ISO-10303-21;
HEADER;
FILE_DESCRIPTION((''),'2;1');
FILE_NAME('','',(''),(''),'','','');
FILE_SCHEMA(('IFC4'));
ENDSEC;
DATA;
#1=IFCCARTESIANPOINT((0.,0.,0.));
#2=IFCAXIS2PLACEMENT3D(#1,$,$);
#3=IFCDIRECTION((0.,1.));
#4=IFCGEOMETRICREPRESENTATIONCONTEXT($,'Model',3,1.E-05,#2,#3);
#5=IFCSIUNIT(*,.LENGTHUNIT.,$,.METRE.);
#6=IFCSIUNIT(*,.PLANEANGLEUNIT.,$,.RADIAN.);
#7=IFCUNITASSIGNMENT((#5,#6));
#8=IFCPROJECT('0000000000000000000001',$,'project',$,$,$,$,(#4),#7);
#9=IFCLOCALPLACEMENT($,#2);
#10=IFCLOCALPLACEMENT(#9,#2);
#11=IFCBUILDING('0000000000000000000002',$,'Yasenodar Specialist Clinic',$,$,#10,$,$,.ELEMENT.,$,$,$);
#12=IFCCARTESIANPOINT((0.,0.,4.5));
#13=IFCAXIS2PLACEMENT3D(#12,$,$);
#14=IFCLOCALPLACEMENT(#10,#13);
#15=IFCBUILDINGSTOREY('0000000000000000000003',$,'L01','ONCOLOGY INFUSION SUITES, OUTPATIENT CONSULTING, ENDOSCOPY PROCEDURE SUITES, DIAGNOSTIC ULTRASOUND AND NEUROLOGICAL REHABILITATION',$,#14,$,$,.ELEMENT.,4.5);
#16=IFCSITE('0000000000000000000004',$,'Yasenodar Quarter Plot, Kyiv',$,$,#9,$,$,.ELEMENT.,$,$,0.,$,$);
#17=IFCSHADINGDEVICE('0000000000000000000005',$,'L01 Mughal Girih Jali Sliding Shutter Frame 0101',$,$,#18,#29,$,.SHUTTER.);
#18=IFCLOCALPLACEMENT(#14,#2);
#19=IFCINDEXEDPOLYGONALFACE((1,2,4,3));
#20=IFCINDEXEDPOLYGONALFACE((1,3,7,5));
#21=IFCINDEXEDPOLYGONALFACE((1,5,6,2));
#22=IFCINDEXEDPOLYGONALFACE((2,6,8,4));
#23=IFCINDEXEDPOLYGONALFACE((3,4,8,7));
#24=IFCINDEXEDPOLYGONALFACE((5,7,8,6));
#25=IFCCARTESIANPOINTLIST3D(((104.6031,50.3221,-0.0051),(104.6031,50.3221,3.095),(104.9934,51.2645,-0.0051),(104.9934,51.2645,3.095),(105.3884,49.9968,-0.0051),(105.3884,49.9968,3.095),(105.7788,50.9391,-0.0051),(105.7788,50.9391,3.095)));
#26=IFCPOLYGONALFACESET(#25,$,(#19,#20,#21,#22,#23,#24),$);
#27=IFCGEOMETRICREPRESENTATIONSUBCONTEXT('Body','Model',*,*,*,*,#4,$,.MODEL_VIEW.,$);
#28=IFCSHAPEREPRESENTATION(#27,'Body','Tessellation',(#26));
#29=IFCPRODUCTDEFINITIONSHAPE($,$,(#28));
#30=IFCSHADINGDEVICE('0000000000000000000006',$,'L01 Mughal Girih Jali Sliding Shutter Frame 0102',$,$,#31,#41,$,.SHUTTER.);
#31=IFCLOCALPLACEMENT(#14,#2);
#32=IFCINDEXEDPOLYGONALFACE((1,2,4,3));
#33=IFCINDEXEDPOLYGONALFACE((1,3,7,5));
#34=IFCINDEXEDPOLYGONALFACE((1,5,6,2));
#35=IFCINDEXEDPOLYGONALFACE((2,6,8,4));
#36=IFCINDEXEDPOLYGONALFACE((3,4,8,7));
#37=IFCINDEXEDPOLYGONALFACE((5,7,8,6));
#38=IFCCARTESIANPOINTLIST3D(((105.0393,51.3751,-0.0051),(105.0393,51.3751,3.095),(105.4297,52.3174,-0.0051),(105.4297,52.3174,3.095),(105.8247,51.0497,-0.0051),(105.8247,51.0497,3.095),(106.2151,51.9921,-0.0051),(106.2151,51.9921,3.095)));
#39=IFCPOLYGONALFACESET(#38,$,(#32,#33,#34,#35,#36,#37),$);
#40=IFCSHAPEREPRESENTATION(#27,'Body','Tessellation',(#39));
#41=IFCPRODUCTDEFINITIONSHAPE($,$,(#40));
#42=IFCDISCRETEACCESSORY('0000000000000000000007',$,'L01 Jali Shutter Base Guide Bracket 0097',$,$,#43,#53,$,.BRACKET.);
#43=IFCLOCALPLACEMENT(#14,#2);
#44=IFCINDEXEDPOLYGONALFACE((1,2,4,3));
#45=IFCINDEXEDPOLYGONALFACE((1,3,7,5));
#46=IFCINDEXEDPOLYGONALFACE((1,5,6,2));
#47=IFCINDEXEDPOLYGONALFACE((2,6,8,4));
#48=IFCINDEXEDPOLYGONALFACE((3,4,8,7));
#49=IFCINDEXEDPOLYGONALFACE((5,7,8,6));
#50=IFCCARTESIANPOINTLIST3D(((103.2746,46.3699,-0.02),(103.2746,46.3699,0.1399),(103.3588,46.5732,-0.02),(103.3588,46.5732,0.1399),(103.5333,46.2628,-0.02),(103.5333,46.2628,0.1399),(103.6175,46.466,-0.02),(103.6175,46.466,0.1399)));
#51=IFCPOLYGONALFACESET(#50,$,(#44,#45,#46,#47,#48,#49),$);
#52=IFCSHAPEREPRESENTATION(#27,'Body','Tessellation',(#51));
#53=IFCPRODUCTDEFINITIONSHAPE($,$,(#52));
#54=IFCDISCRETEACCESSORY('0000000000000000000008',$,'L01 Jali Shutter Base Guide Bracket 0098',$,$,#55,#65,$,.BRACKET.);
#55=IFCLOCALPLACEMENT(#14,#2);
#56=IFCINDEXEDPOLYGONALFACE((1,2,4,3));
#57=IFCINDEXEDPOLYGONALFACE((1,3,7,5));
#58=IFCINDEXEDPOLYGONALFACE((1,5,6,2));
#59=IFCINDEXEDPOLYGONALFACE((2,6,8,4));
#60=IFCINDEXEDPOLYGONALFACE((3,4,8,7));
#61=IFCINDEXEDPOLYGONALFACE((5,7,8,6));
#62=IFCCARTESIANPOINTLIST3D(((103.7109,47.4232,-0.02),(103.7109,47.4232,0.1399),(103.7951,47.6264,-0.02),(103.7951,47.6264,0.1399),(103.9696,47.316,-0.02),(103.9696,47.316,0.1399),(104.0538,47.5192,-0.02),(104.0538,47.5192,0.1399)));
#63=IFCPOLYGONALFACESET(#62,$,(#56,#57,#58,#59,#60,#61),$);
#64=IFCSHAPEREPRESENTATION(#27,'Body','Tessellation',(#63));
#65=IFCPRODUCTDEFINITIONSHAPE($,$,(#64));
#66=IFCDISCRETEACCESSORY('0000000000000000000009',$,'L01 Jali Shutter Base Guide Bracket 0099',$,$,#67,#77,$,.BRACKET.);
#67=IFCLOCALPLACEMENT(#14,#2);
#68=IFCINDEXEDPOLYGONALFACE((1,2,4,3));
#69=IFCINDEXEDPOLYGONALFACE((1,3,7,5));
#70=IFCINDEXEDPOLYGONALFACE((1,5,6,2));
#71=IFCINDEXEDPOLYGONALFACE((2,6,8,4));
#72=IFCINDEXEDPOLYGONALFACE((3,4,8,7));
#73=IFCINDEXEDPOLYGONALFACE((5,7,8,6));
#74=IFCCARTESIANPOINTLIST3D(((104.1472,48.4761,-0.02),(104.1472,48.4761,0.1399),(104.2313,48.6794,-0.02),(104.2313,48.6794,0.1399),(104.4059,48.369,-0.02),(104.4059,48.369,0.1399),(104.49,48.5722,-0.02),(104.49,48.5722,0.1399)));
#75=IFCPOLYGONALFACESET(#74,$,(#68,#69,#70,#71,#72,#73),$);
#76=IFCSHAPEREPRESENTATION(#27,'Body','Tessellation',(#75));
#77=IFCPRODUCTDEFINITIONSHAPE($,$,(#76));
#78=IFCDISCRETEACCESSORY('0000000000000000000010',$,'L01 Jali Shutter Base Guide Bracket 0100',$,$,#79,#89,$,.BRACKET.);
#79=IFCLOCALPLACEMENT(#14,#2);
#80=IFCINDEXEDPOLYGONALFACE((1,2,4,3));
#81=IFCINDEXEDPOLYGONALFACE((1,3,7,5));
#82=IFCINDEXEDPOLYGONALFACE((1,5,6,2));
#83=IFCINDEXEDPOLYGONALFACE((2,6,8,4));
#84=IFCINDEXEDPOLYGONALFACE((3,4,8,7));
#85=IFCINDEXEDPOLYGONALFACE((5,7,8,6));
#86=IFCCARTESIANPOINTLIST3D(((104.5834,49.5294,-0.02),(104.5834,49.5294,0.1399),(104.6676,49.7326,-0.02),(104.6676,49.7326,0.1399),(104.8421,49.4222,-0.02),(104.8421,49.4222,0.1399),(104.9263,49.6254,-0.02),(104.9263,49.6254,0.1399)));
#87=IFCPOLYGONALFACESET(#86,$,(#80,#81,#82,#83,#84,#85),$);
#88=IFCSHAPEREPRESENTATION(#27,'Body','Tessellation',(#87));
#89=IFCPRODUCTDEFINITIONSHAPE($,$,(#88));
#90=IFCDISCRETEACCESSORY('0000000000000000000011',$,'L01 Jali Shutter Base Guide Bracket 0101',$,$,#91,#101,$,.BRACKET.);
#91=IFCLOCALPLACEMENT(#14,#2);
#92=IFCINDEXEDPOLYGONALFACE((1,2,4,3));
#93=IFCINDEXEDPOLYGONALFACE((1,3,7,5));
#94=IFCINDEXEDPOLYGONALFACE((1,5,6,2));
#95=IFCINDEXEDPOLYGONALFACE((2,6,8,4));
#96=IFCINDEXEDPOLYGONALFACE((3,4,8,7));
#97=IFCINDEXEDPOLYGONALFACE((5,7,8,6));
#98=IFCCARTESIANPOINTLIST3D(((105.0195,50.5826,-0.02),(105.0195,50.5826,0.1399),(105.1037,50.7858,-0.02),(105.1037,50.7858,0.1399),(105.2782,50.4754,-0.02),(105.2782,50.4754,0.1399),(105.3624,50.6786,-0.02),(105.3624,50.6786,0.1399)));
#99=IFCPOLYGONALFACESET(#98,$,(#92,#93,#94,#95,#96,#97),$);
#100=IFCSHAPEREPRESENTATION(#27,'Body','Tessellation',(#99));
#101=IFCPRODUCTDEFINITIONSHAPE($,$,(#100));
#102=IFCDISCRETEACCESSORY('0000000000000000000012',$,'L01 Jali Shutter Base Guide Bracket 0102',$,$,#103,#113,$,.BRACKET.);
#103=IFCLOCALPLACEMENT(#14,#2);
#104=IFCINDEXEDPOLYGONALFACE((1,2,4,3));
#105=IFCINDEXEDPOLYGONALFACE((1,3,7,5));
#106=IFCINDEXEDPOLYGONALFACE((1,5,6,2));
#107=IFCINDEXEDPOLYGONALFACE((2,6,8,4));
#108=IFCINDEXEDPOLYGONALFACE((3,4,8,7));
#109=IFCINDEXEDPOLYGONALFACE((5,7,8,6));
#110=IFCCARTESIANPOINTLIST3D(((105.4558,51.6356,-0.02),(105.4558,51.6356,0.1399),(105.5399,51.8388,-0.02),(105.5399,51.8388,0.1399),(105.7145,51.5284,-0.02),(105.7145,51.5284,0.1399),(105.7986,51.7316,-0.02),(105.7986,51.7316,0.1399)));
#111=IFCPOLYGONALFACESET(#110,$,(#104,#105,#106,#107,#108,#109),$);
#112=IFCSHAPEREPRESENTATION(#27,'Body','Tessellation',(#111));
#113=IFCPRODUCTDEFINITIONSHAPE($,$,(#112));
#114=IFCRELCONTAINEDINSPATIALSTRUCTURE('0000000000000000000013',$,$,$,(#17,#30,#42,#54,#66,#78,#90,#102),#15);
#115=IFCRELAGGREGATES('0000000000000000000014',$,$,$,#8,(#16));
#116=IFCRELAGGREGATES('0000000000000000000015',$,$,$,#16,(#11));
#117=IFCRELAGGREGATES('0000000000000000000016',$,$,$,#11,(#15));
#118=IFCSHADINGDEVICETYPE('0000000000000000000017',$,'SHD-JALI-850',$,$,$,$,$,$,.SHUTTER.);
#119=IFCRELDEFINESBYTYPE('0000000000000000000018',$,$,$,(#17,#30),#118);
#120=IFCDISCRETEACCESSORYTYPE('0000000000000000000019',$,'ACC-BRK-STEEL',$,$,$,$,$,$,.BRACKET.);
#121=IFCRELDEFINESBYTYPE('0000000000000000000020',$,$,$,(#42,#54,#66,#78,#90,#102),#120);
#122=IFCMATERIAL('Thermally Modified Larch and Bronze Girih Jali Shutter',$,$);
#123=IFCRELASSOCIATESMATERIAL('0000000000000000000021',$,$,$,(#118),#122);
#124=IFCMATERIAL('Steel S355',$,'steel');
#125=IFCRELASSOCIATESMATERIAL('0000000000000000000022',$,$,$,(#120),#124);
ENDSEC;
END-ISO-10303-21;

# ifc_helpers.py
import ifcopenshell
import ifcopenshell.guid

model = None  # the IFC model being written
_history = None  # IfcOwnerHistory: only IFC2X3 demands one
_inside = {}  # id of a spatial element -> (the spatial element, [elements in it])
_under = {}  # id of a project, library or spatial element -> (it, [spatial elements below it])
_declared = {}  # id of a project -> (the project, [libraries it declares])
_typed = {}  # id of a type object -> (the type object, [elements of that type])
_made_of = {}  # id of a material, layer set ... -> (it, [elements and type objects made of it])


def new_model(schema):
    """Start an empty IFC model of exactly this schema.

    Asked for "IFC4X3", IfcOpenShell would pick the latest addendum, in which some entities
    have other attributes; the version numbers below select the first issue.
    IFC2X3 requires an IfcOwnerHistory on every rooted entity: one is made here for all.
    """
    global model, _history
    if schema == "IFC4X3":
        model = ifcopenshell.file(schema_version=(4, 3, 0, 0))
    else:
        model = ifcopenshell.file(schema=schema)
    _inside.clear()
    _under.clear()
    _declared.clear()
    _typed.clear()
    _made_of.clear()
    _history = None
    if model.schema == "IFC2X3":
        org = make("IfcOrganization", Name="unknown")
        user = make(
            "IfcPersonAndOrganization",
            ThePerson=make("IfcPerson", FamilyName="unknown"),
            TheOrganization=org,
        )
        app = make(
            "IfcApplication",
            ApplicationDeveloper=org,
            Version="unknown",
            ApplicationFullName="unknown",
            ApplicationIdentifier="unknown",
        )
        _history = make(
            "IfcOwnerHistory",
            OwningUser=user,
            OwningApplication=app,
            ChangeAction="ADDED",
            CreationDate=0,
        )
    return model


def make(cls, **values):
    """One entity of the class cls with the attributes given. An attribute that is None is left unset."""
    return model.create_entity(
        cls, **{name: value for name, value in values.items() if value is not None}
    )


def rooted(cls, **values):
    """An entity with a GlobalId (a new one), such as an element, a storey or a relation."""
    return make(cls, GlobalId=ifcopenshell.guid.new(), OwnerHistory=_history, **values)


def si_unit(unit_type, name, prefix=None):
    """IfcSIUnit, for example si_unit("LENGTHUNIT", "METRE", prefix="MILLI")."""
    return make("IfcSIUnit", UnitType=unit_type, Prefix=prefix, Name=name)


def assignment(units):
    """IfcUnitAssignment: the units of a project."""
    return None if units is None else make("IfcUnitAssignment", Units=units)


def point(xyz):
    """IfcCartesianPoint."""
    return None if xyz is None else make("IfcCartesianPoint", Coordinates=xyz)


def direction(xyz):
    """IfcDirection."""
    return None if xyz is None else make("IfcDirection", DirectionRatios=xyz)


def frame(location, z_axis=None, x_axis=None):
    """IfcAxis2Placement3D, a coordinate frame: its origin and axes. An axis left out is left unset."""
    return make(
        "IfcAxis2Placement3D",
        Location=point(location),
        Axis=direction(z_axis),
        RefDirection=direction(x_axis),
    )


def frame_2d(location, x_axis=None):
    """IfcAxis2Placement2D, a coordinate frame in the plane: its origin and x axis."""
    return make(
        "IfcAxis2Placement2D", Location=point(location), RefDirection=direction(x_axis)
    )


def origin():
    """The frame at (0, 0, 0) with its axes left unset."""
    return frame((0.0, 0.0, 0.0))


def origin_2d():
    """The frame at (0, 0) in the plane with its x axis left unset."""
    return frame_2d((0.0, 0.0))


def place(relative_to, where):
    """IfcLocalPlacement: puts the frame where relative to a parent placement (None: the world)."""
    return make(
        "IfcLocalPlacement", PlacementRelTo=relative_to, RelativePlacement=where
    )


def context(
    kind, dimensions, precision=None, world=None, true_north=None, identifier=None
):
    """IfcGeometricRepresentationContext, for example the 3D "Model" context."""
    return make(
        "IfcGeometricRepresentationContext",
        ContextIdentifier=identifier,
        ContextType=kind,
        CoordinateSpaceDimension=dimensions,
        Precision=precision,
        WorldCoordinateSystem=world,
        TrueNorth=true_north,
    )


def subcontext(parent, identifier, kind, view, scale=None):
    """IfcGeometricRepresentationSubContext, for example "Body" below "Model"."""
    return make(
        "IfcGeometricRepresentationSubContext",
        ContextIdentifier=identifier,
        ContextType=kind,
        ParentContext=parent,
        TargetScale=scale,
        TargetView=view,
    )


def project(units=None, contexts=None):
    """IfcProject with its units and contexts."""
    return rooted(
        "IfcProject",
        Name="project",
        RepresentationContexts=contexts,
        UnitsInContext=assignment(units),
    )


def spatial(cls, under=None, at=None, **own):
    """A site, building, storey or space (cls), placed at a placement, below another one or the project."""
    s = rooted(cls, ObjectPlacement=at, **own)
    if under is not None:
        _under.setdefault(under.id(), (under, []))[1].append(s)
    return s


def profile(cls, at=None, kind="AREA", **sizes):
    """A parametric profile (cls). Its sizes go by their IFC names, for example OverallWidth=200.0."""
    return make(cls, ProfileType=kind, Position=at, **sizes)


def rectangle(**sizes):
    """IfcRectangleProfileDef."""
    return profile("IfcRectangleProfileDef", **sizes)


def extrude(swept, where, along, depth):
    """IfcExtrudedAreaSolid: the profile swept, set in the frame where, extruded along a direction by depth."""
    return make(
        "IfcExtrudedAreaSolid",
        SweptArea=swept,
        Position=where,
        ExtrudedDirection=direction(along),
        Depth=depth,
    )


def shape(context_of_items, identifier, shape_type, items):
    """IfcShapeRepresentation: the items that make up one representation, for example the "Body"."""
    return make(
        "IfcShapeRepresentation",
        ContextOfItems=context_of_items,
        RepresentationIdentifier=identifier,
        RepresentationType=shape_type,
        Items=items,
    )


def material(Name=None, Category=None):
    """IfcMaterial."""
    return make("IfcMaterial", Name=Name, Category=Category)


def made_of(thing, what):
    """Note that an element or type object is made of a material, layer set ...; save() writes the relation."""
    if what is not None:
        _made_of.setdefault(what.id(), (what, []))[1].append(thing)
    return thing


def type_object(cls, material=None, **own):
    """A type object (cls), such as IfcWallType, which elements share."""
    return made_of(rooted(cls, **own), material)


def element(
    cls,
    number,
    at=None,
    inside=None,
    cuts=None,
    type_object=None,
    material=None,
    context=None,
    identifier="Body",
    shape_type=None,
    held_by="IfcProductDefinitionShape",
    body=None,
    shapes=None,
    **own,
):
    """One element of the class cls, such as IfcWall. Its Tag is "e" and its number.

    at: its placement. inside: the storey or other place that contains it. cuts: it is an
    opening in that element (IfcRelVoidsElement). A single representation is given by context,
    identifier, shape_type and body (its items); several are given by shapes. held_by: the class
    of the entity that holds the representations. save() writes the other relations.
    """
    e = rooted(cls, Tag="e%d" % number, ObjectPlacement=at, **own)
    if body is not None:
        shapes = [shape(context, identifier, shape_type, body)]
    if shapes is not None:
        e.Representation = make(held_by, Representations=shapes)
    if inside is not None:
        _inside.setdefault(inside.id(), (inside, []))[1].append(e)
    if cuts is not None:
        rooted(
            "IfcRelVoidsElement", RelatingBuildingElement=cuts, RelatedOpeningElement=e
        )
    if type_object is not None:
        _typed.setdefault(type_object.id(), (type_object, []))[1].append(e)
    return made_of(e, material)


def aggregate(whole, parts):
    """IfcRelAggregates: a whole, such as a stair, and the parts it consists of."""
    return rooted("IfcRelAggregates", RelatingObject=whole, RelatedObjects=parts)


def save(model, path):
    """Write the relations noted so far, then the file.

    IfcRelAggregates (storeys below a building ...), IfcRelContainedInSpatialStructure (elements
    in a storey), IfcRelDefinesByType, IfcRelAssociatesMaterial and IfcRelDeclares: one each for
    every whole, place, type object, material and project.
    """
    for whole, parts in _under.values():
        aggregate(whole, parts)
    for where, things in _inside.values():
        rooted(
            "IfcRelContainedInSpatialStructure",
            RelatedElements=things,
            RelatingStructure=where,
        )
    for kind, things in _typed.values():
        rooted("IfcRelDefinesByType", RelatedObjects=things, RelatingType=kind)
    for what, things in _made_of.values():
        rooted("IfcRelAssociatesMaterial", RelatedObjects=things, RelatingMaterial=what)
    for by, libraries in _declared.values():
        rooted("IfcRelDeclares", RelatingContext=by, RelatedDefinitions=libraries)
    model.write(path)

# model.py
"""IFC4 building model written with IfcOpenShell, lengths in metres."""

from ifc_helpers import new_model, si_unit, direction, frame, origin, origin_2d, place, context, subcontext, project, spatial, rectangle, extrude, material, type_object, element, save


model = new_model("IFC4")

# Units and contexts
model_context = context("Model", 3, precision=1e-05, world=origin(), true_north=direction((0.0, 1.0)))
body_context = subcontext(model_context, "Body", "Model", "MODEL_VIEW")
ifc_project = project(units=[si_unit("LENGTHUNIT", "METRE"), si_unit("PLANEANGLEUNIT", "RADIAN")], contexts=[model_context])

# Site, building, storey
site_placement = place(None, origin())
site = spatial("IfcSite", under=ifc_project, at=site_placement, Name="Yasenodar Quarter Plot, Kyiv", CompositionType="ELEMENT", RefElevation=0.0)
building_placement = place(site_placement, origin())
building = spatial("IfcBuilding", under=site, at=building_placement, Name="Yasenodar Specialist Clinic", CompositionType="ELEMENT")
storey_placement = place(building_placement, frame((0.0, 0.0, 4.5)))
storey = spatial("IfcBuildingStorey", under=building, at=storey_placement, Name="L01", Description="ONCOLOGY INFUSION SUITES, OUTPATIENT CONSULTING, ENDOSCOPY PROCEDURE SUITES, DIAGNOSTIC ULTRASOUND AND NEUROLOGICAL REHABILITATION", CompositionType="ELEMENT", Elevation=4.5)

# Shared definitions
ifc_material_1 = material(Name="Steel S355", Category="steel")

# Shading devices
ifc_material_2 = material(Name="Thermally Modified Larch and Bronze Girih Jali Shutter")
shading_device_type = type_object("IfcShadingDeviceType", Name="SHD-JALI-850", PredefinedType="SHUTTER", material=ifc_material_2)
for number, where, z_axis, x_axis, name in (
    (1, (105.1909, 50.6306, -0.0051), (0.0, 0.0, 1.0), (0.382687, 0.923878, 0.0), "L01 Mughal Girih Jali Sliding Shutter Frame 0101"),
    (2, (105.6272, 51.6836, -0.0051), (0.0, 0.0, 1.0), (0.382687, 0.923878, 0.0), "L01 Mughal Girih Jali Sliding Shutter Frame 0102"),
):
    element("IfcShadingDevice", number, at=place(storey_placement, frame(where, z_axis=z_axis, x_axis=x_axis)), inside=storey, type_object=shading_device_type, Name=name, PredefinedType="SHUTTER", context=body_context, shape_type="SweptSolid", body=[
        extrude(rectangle(XDim=1.02, YDim=0.8501, at=origin_2d()), origin(), (0.0, 0.0, 1.0), 3.1001),
    ])

# Discrete accessories
discrete_accessory_type = type_object("IfcDiscreteAccessoryType", Name="ACC-BRK-STEEL", PredefinedType="BRACKET", material=ifc_material_1)
for number, where, z_axis, x_axis, name in (
    (3, (103.446, 46.418, -0.02), (0.0, 0.0, 1.0), (0.382687, 0.923878, 0.0), "L01 Jali Shutter Base Guide Bracket 0097"),
    (4, (103.8823, 47.4712, -0.02), (0.0, 0.0, 1.0), (0.382687, 0.923878, 0.0), "L01 Jali Shutter Base Guide Bracket 0098"),
    (5, (104.3186, 48.5242, -0.02), (0.0, 0.0, 1.0), (0.382687, 0.923878, 0.0), "L01 Jali Shutter Base Guide Bracket 0099"),
    (6, (104.7549, 49.5774, -0.02), (0.0, 0.0, 1.0), (0.382687, 0.923878, 0.0), "L01 Jali Shutter Base Guide Bracket 0100"),
    (7, (105.1909, 50.6306, -0.02), (0.0, 0.0, 1.0), (0.382687, 0.923878, 0.0), "L01 Jali Shutter Base Guide Bracket 0101"),
    (8, (105.6272, 51.6836, -0.02), (0.0, 0.0, 1.0), (0.382687, 0.923878, 0.0), "L01 Jali Shutter Base Guide Bracket 0102"),
):
    element("IfcDiscreteAccessory", number, at=place(storey_placement, frame(where, z_axis=z_axis, x_axis=x_axis)), inside=storey, type_object=discrete_accessory_type, Name=name, PredefinedType="BRACKET", context=body_context, shape_type="SweptSolid", body=[
        extrude(rectangle(XDim=0.22, YDim=0.28, at=origin_2d()), origin(), (0.0, 0.0, 1.0), 0.1599),
    ])

save(model, "model.ifc")
